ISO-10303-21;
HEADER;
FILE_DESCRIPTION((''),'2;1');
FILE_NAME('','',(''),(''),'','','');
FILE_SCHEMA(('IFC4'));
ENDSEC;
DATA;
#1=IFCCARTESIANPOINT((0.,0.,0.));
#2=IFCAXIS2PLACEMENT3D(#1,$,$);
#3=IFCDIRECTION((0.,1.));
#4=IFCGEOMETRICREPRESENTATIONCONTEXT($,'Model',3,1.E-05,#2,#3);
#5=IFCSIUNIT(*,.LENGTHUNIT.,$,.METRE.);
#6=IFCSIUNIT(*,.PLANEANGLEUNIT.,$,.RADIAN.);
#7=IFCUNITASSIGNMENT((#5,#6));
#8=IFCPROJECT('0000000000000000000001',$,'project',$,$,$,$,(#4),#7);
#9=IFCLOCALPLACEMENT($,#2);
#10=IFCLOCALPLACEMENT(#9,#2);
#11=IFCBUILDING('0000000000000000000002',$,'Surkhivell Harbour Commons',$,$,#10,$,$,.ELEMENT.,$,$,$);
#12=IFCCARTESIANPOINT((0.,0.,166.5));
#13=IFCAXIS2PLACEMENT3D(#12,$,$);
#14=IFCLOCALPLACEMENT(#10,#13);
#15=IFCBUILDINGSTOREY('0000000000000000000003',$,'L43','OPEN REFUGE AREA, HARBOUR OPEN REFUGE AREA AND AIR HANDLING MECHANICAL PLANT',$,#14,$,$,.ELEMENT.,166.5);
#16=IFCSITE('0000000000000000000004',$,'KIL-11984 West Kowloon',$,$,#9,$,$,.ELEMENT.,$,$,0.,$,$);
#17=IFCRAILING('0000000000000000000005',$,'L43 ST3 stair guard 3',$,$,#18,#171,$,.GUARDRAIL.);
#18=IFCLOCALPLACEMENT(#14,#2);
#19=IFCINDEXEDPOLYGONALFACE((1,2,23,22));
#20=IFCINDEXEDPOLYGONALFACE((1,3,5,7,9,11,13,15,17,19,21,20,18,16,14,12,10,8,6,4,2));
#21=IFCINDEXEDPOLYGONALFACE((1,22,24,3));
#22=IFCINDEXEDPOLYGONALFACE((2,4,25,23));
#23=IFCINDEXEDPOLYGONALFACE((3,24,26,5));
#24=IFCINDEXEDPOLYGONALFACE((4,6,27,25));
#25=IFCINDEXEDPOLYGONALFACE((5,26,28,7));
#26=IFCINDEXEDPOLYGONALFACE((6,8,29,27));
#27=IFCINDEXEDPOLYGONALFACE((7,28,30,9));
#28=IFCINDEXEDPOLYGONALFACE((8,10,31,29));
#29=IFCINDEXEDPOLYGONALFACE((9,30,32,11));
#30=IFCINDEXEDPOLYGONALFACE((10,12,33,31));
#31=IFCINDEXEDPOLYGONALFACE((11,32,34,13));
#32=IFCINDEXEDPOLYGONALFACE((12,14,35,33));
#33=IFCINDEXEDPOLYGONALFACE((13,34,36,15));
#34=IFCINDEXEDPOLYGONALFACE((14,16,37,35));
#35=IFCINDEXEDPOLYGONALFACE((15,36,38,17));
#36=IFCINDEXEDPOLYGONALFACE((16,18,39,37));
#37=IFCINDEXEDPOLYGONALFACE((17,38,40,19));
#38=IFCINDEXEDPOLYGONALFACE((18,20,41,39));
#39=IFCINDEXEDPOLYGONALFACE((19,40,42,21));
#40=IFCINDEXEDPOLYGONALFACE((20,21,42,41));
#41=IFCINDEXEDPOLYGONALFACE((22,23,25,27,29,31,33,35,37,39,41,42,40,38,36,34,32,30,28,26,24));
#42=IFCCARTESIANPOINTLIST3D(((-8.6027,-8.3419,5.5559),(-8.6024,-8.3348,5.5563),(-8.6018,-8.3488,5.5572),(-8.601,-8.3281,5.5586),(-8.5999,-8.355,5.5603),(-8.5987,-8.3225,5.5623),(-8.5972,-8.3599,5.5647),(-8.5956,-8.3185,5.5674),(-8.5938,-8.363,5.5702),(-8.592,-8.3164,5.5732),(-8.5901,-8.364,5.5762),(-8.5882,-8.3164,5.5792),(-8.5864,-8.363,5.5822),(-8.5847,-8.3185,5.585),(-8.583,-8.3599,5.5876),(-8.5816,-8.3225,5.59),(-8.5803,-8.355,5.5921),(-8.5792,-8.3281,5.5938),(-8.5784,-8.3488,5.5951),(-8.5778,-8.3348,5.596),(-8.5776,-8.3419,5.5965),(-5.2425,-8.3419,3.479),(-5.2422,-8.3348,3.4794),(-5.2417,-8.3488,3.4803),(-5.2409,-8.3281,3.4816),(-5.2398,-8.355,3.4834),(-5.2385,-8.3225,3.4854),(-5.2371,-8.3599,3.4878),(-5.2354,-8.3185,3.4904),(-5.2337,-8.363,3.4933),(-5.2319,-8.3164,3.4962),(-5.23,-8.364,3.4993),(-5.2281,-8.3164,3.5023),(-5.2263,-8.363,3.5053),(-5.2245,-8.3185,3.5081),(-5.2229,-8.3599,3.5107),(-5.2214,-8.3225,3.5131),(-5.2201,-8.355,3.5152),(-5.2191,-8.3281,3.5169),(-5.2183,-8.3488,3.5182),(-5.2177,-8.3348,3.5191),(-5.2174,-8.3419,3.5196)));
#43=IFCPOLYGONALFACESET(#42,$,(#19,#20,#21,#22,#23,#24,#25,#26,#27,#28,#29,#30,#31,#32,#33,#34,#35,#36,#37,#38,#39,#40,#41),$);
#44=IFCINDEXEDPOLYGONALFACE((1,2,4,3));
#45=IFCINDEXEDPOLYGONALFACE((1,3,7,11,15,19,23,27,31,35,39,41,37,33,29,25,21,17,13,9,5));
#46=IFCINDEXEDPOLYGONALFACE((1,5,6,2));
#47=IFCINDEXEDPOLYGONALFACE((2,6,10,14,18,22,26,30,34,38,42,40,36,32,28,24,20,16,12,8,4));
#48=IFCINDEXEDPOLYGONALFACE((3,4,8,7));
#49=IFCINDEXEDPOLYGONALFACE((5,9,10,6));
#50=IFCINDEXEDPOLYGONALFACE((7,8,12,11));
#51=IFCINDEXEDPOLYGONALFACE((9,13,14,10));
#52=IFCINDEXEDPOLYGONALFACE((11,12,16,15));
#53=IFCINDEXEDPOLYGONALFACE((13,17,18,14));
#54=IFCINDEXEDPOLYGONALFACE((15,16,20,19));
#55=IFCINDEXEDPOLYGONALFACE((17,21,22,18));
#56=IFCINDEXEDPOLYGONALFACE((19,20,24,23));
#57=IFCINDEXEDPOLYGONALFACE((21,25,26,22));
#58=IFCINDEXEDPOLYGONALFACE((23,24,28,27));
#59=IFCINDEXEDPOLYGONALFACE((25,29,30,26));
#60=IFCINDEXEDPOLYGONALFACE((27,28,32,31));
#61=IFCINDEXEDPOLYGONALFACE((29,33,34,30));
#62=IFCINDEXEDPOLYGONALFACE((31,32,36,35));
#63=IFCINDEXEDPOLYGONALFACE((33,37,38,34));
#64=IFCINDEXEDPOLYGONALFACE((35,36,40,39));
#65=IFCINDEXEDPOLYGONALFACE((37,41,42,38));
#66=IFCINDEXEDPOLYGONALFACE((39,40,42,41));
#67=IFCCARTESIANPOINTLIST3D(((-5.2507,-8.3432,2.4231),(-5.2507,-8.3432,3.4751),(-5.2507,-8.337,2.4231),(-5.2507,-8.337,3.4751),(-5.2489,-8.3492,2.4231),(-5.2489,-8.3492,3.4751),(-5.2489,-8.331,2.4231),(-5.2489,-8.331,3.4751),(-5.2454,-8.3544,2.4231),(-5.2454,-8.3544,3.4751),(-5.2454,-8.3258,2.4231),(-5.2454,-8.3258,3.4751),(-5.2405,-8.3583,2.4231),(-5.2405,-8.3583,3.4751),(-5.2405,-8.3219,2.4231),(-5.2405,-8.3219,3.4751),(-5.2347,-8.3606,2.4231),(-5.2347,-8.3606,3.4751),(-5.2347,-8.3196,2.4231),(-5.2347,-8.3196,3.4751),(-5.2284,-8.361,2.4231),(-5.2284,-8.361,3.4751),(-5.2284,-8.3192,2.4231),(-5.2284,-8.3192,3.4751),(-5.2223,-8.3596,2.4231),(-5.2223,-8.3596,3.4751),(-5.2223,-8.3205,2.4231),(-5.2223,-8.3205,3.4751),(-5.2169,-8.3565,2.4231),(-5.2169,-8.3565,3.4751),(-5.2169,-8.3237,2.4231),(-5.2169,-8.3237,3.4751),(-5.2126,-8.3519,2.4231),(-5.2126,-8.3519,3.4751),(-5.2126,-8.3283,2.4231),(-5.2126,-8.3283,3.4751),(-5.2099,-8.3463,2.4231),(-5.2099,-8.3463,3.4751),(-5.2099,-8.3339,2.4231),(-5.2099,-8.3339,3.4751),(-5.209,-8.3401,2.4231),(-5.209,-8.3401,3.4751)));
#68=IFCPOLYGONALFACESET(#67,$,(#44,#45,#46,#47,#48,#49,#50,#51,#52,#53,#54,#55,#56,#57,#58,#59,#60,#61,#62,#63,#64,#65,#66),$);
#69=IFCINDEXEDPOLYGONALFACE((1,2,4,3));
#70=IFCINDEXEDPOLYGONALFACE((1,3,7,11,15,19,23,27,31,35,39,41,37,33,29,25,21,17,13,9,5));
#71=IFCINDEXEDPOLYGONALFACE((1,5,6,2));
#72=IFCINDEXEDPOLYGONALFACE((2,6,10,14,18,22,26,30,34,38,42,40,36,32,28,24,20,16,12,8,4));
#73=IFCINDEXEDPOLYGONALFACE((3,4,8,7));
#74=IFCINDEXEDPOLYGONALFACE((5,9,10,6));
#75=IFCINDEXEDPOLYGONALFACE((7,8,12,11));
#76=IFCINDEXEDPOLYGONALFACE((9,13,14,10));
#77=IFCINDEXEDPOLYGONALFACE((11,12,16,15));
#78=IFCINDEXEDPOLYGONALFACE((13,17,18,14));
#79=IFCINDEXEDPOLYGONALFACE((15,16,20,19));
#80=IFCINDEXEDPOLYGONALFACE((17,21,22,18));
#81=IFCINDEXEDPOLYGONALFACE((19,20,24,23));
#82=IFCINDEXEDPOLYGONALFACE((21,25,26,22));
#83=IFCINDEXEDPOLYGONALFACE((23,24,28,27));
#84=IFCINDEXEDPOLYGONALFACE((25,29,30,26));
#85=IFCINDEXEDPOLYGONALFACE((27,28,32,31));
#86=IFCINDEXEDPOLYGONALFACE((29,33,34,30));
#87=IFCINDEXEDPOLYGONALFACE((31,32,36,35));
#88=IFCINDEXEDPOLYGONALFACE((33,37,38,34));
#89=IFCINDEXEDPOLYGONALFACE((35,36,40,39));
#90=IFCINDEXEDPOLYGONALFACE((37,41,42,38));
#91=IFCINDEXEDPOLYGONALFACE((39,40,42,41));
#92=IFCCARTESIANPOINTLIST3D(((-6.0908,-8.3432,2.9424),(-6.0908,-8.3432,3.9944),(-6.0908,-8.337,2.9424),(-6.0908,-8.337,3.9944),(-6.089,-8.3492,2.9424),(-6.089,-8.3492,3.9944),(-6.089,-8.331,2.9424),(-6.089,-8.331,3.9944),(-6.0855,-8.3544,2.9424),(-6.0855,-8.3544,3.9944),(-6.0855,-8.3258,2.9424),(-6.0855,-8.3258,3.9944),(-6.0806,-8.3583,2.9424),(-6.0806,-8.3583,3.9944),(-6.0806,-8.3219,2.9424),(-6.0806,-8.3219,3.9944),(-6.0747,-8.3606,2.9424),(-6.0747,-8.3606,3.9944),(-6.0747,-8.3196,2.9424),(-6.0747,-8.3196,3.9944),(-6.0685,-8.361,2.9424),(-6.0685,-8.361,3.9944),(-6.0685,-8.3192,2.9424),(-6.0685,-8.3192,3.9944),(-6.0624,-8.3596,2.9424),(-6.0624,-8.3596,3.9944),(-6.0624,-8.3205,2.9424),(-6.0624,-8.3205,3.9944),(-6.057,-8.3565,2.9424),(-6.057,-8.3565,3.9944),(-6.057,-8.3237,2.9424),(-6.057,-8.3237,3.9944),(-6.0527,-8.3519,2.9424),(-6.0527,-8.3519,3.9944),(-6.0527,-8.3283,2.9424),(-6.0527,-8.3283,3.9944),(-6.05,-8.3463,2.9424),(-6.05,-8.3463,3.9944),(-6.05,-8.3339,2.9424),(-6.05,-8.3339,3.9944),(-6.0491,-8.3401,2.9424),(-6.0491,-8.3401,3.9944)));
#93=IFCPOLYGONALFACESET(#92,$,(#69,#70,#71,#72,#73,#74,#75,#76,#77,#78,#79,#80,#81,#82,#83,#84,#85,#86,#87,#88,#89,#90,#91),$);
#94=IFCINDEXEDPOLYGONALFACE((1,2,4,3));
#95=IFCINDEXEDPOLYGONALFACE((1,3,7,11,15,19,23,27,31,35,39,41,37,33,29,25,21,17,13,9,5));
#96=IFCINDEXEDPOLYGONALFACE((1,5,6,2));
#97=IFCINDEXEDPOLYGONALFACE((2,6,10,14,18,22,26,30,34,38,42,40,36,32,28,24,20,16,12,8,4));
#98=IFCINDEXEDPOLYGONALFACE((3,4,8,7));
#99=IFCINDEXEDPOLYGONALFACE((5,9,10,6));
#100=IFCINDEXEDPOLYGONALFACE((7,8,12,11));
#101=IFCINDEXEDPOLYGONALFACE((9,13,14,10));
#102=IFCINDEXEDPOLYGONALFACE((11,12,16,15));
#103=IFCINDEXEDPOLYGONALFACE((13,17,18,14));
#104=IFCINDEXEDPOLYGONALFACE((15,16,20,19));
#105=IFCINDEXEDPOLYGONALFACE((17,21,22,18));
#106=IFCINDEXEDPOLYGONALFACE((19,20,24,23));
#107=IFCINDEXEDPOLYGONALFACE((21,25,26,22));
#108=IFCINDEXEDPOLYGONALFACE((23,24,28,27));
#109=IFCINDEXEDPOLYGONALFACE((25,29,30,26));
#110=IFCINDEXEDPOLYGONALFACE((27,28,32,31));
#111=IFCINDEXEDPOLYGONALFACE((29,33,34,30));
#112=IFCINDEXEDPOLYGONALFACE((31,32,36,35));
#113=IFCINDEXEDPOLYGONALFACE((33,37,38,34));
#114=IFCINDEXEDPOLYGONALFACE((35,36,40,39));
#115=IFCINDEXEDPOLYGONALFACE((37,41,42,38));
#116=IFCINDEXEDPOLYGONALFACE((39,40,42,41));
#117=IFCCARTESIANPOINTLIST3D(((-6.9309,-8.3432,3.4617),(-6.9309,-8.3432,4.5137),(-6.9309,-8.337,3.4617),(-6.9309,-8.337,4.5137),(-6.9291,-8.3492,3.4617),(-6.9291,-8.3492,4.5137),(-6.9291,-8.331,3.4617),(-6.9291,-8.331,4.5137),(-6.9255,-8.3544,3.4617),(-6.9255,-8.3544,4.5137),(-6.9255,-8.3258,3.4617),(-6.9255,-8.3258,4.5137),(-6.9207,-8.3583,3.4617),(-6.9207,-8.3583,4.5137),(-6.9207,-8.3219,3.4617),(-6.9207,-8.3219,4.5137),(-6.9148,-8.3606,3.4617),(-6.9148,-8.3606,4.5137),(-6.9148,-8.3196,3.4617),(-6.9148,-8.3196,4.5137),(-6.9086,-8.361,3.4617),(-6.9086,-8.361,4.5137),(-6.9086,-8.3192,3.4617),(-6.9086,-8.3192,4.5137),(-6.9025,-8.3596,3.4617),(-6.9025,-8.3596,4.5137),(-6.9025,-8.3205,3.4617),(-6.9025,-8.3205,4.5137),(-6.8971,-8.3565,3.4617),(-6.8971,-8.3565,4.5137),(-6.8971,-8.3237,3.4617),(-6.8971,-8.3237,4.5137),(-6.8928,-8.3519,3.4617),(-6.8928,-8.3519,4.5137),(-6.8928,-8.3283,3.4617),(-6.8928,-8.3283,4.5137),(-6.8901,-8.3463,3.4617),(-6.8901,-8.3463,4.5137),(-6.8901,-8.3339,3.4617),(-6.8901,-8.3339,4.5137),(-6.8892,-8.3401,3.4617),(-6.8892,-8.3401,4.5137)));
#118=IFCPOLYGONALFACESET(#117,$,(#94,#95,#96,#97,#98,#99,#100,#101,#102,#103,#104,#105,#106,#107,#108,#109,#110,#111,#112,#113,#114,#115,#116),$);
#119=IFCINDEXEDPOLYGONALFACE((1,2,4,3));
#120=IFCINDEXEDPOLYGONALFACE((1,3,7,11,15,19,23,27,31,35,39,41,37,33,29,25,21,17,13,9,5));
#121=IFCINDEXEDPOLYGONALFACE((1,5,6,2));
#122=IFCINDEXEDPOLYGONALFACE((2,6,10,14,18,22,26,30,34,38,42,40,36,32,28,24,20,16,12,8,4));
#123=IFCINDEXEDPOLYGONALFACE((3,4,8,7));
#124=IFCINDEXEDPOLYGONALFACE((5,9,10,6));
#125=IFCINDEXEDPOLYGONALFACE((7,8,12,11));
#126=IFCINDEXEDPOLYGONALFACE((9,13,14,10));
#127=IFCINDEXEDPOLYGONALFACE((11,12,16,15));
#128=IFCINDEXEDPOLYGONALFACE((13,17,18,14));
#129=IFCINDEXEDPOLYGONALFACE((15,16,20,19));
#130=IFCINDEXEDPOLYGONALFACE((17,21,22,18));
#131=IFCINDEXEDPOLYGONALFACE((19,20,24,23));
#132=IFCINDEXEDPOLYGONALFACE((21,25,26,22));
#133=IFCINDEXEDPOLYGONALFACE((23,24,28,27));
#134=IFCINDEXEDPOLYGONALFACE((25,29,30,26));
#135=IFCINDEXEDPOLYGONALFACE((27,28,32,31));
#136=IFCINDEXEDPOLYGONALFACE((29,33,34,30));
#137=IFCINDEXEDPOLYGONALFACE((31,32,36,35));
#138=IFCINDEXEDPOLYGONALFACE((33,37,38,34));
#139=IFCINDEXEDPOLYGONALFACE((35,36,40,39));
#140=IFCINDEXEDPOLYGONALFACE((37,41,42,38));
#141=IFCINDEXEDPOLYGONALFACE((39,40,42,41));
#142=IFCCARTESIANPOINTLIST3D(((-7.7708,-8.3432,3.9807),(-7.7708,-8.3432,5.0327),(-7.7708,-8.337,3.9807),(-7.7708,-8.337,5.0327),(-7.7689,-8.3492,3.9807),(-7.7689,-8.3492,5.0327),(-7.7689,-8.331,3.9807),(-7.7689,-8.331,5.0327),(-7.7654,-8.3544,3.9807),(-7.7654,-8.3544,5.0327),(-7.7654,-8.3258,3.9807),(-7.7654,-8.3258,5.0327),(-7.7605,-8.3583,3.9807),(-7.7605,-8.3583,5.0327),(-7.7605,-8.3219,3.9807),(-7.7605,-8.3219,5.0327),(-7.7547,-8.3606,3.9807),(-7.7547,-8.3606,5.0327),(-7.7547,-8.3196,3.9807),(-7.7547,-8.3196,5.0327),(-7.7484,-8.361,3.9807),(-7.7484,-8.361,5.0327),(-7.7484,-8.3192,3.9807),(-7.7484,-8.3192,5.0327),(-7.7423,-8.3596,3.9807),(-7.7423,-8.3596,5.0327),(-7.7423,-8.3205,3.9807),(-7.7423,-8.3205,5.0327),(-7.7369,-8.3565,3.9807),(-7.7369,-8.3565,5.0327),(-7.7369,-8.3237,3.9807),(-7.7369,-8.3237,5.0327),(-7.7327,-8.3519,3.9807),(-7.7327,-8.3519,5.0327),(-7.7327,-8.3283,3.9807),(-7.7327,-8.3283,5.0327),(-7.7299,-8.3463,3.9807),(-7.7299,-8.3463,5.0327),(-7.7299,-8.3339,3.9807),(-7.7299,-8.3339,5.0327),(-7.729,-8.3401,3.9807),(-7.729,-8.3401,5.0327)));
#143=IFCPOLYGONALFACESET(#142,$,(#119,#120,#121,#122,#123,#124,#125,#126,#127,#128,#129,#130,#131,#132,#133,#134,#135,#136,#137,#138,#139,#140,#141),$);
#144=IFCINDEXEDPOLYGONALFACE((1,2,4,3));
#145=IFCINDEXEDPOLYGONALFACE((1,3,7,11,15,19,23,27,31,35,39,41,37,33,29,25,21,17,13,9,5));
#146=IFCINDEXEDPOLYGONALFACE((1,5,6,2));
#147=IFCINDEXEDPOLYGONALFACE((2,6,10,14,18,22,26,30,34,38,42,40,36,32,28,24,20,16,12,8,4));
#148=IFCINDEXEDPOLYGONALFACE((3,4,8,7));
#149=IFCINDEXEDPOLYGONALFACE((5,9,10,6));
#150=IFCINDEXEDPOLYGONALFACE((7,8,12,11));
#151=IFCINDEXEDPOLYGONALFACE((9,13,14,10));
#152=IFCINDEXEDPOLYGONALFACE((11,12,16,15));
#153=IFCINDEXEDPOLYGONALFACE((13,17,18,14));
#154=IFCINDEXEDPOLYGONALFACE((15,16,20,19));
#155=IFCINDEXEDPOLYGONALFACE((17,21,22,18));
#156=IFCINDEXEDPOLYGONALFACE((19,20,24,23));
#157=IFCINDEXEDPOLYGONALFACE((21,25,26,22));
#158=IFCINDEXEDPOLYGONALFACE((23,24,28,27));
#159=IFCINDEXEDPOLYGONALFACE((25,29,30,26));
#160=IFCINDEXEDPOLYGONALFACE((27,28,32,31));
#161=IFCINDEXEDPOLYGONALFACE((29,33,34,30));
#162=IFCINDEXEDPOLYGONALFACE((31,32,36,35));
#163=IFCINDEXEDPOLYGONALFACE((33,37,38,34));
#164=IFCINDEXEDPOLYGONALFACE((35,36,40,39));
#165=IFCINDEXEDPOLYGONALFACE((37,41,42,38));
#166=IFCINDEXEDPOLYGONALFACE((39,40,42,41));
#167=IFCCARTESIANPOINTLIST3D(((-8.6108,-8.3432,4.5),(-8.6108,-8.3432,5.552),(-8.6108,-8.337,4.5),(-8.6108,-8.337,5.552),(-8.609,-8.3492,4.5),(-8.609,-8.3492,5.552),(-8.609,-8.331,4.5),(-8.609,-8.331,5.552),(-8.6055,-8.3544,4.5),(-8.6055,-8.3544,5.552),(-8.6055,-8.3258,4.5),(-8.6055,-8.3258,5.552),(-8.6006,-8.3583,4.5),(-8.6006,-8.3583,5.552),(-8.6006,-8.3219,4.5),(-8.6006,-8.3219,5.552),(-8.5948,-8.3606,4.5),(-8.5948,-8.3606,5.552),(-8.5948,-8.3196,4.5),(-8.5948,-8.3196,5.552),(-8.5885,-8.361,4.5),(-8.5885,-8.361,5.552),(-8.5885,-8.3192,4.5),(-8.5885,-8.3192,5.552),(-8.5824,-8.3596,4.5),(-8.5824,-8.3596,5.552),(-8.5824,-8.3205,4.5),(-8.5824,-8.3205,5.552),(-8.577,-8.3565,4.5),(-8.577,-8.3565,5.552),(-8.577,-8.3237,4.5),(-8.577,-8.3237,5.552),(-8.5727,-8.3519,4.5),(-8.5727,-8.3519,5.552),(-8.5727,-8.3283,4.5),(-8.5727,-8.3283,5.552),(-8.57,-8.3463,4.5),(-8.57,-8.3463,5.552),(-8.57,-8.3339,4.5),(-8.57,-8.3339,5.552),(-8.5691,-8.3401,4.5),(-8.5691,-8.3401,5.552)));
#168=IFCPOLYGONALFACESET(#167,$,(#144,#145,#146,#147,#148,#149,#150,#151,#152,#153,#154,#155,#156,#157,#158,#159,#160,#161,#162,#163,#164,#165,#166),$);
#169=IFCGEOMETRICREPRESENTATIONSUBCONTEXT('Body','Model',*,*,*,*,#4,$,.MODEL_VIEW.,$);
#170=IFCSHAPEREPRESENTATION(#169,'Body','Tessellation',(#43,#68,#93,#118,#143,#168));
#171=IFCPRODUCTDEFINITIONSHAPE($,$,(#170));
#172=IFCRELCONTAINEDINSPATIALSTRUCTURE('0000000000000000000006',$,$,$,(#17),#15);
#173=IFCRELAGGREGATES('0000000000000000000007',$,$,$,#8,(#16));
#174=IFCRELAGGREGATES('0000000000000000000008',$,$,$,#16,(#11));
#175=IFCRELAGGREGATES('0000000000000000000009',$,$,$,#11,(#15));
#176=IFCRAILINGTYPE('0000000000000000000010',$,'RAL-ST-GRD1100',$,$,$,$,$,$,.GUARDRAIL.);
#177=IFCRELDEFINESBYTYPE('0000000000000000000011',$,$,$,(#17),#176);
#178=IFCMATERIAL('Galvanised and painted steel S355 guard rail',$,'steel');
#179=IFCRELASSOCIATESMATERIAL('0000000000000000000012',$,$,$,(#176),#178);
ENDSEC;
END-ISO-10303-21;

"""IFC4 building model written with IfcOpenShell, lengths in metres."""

from ifc_helpers import new_model, si_unit, direction, frame, origin, origin_2d, place, context, subcontext, project, spatial, circle, extrude, material, type_object, element, save


model = new_model("IFC4")

# Units and contexts
model_context = context("Model", 3, precision=1e-05, world=origin(), true_north=direction((0.0, 1.0)))
body_context = subcontext(model_context, "Body", "Model", "MODEL_VIEW")
ifc_project = project(units=[si_unit("LENGTHUNIT", "METRE"), si_unit("PLANEANGLEUNIT", "RADIAN")], contexts=[model_context])

# Site, building, storey
site_placement = place(None, origin())
site = spatial("IfcSite", under=ifc_project, at=site_placement, Name="KIL-11984 West Kowloon", CompositionType="ELEMENT", RefElevation=0.0)
building_placement = place(site_placement, origin())
building = spatial("IfcBuilding", under=site, at=building_placement, Name="Surkhivell Harbour Commons", CompositionType="ELEMENT")
storey_placement = place(building_placement, frame((0.0, 0.0, 166.5)))
storey = spatial("IfcBuildingStorey", under=building, at=storey_placement, Name="L43", Description="OPEN REFUGE AREA, HARBOUR OPEN REFUGE AREA AND AIR HANDLING MECHANICAL PLANT", CompositionType="ELEMENT", Elevation=166.5)

# Railing
ifc_material_1 = material(Name="Galvanised and painted steel S355 guard rail", Category="steel")
railing_type_1 = type_object("IfcRailingType", Name="RAL-ST-GRD1100", PredefinedType="GUARDRAIL", material=ifc_material_1)
railing_1_placement = place(storey_placement, frame((-5.23, -8.3401, 2.4231)))
element("IfcRailing", 1, at=railing_1_placement, inside=storey, type_object=railing_type_1, Name="L43 ST3 stair guard 3", PredefinedType="GUARDRAIL", context=body_context, shape_type="SweptSolid", body=[
    extrude(circle(Radius=0.0239, at=origin_2d()), frame((0.0, 0.0, 1.0762), z_axis=(-0.850623, 0.0, 0.525776), x_axis=(0.0, -1.0, 0.0)), (0.0, 0.0, 1.0), 3.9502),
    extrude(circle(Radius=0.021, at=origin_2d()), origin(), (0.0, 0.0, 1.0), 1.052),
    extrude(circle(Radius=0.021, at=origin_2d()), frame((-0.8401, 0.0, 0.5193)), (0.0, 0.0, 1.0), 1.052),
    extrude(circle(Radius=0.021, at=origin_2d()), frame((-1.6802, 0.0, 1.0386)), (0.0, 0.0, 1.0), 1.052),
    extrude(circle(Radius=0.021, at=origin_2d()), frame((-2.52, 0.0, 1.5576)), (0.0, 0.0, 1.0), 1.052),
    extrude(circle(Radius=0.021, at=origin_2d()), frame((-3.3601, 0.0, 2.0769)), (0.0, 0.0, 1.0), 1.052),
])

save(model, "model.ifc")
